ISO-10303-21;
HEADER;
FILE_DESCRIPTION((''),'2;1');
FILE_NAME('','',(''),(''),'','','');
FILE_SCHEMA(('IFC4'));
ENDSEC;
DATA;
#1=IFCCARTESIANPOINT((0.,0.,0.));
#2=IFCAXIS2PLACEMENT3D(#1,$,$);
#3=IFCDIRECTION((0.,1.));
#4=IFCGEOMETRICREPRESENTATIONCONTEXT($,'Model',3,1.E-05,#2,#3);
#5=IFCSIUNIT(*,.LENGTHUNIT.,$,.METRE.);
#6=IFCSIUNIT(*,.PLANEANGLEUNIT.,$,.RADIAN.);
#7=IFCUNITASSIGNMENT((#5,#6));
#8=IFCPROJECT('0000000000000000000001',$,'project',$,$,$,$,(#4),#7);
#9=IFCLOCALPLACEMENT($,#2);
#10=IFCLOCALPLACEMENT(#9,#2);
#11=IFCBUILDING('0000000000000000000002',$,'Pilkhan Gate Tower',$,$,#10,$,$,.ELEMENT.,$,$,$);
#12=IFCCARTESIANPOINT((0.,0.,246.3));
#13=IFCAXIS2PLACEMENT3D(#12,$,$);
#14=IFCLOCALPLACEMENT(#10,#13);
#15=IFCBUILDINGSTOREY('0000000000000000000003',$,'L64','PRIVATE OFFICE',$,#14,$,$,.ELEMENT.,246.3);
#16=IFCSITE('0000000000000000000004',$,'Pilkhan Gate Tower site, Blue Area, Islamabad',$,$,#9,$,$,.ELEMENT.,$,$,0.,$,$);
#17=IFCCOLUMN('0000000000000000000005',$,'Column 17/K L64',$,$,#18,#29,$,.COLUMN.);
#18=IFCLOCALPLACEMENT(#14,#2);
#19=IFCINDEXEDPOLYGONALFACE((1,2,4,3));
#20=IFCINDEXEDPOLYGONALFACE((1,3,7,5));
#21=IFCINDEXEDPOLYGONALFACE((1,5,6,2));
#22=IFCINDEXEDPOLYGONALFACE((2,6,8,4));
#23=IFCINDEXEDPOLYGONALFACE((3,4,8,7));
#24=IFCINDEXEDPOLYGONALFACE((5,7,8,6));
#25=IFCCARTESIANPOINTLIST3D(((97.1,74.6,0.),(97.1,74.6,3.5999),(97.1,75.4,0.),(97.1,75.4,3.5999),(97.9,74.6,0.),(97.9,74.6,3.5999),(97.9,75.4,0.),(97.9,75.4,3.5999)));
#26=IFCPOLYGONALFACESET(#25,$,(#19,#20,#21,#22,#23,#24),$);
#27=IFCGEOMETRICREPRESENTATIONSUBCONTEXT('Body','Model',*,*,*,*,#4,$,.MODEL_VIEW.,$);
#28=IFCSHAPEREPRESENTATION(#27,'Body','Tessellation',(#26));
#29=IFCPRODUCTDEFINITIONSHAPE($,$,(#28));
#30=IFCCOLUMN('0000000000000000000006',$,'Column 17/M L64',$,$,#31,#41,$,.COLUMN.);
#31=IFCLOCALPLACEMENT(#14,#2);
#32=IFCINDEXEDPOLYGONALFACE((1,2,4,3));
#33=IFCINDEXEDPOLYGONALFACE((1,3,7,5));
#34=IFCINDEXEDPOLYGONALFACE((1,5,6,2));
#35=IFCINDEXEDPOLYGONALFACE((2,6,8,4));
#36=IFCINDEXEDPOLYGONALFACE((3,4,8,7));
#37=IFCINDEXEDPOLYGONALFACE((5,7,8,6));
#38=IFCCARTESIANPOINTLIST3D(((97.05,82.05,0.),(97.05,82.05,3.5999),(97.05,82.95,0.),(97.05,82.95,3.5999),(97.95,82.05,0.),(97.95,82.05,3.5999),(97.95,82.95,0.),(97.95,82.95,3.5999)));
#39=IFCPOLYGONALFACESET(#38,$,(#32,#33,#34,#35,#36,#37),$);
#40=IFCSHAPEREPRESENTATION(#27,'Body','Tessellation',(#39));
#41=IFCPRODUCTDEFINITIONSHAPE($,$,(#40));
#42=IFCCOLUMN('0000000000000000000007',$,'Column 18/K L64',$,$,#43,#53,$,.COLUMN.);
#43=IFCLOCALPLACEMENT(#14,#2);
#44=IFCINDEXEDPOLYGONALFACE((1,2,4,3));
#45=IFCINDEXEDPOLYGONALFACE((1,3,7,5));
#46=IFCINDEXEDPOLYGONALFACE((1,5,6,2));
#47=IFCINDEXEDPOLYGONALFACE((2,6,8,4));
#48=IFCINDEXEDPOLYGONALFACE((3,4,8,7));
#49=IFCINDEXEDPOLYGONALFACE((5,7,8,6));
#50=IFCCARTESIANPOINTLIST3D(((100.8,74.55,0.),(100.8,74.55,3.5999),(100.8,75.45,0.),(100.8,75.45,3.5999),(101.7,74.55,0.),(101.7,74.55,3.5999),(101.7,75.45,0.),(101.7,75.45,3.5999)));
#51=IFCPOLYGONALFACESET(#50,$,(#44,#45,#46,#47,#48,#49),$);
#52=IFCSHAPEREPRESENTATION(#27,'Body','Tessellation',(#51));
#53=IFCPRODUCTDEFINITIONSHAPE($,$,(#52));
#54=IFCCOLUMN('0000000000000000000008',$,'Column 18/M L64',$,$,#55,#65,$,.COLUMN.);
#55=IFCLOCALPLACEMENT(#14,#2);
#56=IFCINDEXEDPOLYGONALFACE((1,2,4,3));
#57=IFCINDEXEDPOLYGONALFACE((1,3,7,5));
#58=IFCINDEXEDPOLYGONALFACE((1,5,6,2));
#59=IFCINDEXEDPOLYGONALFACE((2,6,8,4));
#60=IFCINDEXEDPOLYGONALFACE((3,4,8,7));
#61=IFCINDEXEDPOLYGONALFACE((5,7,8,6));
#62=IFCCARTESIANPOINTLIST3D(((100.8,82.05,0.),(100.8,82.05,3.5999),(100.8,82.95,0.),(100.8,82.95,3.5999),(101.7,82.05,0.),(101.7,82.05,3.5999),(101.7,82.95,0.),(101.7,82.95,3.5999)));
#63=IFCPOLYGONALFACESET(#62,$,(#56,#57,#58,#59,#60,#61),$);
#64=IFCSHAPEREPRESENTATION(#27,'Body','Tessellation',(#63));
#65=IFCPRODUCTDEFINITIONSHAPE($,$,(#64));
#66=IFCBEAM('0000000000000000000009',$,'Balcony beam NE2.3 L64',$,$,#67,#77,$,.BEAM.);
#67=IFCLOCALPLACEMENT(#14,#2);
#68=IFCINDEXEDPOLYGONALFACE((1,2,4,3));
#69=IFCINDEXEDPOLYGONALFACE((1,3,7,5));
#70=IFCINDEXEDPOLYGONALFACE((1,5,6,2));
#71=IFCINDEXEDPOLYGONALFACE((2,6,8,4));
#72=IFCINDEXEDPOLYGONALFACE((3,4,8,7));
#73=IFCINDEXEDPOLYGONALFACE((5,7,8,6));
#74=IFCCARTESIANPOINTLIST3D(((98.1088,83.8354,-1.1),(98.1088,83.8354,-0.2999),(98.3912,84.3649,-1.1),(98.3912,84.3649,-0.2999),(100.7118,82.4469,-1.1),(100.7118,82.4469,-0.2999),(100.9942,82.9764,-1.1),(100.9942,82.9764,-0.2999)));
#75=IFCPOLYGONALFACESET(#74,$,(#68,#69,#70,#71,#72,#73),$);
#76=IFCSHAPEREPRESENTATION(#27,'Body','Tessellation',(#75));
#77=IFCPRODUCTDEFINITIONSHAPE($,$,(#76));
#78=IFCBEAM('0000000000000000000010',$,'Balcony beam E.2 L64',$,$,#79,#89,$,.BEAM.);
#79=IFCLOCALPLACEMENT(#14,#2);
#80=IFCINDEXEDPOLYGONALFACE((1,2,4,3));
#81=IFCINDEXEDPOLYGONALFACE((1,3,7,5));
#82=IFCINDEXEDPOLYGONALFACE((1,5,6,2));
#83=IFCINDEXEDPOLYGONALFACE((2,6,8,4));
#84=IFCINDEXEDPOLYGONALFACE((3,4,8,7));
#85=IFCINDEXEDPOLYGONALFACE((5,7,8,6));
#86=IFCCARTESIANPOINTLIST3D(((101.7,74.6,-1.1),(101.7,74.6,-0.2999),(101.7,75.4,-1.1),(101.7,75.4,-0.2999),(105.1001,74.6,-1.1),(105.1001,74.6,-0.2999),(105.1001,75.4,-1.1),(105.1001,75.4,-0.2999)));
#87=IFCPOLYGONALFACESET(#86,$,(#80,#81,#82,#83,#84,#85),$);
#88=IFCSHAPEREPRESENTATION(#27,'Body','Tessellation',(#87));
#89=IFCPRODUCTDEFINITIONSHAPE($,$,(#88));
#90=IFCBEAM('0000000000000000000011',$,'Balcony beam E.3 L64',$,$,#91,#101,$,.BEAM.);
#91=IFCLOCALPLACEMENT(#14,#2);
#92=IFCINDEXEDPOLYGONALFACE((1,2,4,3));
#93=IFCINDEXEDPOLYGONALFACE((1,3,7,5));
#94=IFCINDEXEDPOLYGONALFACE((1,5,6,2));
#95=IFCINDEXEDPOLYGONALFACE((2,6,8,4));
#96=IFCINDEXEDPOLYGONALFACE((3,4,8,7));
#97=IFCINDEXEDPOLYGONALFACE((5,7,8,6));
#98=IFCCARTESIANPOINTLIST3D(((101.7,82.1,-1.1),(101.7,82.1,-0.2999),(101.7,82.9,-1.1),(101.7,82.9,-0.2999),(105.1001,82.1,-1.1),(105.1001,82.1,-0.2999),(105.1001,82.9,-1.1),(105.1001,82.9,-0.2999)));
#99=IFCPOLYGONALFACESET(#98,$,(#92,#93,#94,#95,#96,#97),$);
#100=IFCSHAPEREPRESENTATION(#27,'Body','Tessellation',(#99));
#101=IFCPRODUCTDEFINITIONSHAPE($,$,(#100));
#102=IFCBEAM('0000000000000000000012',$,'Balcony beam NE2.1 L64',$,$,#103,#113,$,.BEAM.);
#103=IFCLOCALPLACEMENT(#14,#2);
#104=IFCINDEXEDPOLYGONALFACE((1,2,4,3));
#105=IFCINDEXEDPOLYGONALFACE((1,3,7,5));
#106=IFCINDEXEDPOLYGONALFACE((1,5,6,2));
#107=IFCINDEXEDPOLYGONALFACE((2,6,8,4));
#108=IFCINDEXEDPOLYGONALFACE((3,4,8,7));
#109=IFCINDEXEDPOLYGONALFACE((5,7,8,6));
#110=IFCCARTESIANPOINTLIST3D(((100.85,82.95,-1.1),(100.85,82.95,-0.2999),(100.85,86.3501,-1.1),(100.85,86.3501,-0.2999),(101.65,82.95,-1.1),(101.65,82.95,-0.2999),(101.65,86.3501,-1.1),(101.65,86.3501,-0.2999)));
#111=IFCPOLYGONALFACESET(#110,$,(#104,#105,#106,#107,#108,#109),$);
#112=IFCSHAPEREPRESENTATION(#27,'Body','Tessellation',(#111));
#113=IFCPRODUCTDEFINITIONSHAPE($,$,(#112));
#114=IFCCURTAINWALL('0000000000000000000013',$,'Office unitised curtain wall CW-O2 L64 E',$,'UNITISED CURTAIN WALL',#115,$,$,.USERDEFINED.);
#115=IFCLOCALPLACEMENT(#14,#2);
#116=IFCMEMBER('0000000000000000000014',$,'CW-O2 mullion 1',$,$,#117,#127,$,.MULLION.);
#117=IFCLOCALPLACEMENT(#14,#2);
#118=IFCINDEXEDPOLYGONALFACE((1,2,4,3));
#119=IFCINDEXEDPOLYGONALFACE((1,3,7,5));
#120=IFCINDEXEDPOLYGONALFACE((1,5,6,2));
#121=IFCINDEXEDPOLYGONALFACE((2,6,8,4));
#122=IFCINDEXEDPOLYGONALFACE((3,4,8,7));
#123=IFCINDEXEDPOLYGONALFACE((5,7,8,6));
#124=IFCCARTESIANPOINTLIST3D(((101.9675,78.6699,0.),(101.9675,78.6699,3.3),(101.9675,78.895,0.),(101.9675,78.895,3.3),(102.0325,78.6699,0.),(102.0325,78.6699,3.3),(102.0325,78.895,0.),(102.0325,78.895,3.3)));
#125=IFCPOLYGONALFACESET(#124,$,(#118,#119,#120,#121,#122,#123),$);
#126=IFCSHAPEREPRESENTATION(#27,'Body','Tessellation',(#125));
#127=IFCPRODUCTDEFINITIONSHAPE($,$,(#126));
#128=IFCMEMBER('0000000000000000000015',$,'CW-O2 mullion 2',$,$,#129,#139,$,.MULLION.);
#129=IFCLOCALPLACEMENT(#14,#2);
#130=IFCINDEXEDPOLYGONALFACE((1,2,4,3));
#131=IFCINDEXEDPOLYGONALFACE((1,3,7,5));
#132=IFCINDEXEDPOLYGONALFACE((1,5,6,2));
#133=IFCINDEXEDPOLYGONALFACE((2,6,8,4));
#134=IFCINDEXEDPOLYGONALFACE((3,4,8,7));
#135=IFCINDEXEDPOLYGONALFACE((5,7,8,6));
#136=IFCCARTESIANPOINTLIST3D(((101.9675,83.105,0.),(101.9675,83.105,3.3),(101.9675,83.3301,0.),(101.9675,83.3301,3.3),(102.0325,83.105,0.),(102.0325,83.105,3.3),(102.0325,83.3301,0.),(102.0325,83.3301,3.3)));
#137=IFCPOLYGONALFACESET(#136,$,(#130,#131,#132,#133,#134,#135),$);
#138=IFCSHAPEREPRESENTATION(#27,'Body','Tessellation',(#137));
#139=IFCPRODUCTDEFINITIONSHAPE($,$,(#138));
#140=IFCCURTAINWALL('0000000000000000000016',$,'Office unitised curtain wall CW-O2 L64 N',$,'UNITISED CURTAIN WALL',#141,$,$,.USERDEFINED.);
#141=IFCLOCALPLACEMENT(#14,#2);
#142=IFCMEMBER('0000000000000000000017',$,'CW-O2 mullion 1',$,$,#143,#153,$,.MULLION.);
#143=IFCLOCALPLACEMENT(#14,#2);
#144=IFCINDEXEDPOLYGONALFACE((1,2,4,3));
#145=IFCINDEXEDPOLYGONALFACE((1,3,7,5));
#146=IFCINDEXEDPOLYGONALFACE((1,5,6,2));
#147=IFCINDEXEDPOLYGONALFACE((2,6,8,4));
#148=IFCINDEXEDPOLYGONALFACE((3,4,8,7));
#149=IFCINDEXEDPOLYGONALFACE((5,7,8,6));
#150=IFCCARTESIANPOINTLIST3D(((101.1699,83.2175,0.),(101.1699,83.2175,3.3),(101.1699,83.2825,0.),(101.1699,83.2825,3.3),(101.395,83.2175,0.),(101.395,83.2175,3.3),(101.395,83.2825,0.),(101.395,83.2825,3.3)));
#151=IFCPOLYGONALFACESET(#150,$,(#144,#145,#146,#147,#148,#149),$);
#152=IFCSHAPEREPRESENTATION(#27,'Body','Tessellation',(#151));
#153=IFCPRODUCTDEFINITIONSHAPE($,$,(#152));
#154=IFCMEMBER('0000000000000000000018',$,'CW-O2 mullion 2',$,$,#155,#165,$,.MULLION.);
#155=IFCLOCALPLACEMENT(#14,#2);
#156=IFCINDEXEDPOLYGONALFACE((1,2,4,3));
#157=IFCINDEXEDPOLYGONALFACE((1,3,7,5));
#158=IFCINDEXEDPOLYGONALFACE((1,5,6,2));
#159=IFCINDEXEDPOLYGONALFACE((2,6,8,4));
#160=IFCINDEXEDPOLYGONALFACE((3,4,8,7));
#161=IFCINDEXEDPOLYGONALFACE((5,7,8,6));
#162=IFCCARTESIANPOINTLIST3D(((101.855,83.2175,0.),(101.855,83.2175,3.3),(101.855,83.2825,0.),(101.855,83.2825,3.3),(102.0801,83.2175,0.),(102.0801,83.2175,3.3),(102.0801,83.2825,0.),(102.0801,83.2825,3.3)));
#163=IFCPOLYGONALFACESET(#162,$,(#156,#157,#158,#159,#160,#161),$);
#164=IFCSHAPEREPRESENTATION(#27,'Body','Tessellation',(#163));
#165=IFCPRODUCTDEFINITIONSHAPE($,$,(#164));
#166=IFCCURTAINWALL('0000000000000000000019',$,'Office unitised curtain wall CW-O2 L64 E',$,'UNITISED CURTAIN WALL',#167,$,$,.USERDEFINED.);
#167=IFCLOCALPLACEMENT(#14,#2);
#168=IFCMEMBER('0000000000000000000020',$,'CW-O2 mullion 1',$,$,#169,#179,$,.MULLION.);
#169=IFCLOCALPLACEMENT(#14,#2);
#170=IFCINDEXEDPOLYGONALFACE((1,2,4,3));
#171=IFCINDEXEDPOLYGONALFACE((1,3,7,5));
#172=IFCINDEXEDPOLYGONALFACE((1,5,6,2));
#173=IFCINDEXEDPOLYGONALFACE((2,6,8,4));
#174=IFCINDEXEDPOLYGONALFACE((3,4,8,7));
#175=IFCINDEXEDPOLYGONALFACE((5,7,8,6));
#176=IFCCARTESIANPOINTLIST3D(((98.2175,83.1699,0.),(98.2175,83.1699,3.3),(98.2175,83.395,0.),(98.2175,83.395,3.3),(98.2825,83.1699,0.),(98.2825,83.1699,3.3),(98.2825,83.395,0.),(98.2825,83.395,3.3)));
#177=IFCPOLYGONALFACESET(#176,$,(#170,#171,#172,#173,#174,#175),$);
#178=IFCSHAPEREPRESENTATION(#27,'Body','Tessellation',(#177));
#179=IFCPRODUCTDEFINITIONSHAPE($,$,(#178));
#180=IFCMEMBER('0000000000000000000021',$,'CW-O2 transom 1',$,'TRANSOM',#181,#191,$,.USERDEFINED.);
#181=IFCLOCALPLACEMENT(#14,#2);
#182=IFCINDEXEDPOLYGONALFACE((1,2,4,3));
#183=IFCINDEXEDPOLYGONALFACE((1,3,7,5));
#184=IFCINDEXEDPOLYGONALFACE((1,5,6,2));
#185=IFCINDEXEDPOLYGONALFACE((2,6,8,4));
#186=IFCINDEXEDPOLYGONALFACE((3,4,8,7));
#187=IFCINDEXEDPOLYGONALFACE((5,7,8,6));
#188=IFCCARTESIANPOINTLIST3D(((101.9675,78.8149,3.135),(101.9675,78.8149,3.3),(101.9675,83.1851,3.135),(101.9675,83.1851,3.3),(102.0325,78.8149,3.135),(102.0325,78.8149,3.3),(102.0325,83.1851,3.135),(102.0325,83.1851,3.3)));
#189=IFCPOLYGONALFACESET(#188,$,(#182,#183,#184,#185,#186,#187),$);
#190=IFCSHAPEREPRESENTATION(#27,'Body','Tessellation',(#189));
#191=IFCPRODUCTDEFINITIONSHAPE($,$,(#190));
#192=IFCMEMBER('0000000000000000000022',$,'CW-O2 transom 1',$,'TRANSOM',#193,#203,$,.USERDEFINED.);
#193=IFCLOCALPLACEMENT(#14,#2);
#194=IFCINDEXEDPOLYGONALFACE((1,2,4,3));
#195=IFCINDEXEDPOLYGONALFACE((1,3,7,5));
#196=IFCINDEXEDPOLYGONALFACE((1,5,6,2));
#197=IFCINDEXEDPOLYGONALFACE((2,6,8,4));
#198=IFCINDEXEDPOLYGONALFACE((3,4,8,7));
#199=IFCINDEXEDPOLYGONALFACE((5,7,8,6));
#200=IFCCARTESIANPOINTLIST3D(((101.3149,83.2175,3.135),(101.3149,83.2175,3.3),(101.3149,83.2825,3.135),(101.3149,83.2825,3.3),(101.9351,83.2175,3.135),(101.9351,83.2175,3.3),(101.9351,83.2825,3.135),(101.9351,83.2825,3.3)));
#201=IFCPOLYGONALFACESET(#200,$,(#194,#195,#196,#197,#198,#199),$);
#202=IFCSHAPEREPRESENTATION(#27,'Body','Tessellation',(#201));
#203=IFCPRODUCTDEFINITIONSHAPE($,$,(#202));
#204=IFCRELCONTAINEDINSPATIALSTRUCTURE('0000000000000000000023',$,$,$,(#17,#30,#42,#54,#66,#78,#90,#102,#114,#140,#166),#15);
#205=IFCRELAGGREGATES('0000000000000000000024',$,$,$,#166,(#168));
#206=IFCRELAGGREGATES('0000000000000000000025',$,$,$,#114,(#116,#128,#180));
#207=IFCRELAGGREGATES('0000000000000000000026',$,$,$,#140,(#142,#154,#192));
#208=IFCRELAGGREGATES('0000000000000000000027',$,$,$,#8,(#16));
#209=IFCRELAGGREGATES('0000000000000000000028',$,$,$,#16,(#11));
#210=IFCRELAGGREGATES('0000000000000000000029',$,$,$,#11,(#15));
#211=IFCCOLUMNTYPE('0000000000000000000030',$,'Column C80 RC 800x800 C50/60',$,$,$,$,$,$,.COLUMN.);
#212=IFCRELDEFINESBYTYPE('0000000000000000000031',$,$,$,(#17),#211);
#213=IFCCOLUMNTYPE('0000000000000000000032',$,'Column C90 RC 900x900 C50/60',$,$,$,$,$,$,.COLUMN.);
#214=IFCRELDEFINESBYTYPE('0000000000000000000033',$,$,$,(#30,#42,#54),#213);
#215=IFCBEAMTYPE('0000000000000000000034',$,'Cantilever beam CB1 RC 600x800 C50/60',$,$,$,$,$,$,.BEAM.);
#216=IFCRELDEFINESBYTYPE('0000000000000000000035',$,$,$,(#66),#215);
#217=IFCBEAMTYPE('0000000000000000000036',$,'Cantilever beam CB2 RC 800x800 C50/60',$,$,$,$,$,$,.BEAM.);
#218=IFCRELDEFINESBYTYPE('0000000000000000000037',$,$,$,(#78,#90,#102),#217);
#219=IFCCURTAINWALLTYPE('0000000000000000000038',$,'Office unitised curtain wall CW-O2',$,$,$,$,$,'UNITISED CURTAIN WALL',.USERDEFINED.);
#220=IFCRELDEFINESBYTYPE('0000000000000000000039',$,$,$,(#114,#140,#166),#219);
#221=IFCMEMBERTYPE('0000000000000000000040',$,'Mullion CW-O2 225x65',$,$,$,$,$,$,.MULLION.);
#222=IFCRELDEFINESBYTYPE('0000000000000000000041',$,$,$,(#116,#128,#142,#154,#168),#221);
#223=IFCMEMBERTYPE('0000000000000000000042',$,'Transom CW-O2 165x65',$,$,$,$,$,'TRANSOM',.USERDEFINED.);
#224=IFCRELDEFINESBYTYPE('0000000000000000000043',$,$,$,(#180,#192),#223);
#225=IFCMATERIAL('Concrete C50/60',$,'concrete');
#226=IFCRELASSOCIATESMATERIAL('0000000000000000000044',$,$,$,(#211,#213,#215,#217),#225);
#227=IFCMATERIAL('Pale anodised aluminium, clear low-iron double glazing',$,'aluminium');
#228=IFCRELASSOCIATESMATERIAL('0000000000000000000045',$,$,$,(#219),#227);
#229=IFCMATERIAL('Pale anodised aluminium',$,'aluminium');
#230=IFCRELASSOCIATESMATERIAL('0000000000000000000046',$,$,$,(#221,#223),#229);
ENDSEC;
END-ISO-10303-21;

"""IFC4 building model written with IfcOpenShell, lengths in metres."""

from ifc_helpers import new_model, si_unit, direction, frame, origin, origin_2d, place, context, subcontext, project, spatial, rectangle, extrude, material, material_profile, profile_set, type_object, element, aggregate, save


model = new_model("IFC4")

# Units and contexts
model_context = context("Model", 3, precision=1e-05, world=origin(), true_north=direction((0.0, 1.0)))
body_context = subcontext(model_context, "Body", "Model", "MODEL_VIEW")
ifc_project = project(units=[si_unit("LENGTHUNIT", "METRE"), si_unit("PLANEANGLEUNIT", "RADIAN")], contexts=[model_context])

# Site, building, storey
site_placement = place(None, origin())
site = spatial("IfcSite", under=ifc_project, at=site_placement, Name="Pilkhan Gate Tower site, Blue Area, Islamabad", CompositionType="ELEMENT", RefElevation=0.0)
building_placement = place(site_placement, origin())
building = spatial("IfcBuilding", under=site, at=building_placement, Name="Pilkhan Gate Tower", CompositionType="ELEMENT")
storey_placement = place(building_placement, frame((0.0, 0.0, 246.3)))
storey = spatial("IfcBuildingStorey", under=building, at=storey_placement, Name="L64", Description="PRIVATE OFFICE", CompositionType="ELEMENT", Elevation=246.3)

# Columns
ifc_material_1 = material(Name="Concrete C50/60", Category="concrete")
ifc_material_profile_1 = material_profile(ifc_material_1, rectangle(XDim=0.8, YDim=0.8, at=origin_2d()), Name="RC 800x800")
ifc_profile_set_1 = profile_set([ifc_material_profile_1], Name="Concrete C50/60")
column_type_1 = type_object("IfcColumnType", Name="Column C80 RC 800x800 C50/60", PredefinedType="COLUMN", material=ifc_profile_set_1)
column_placement = place(storey_placement, frame((97.5, 75.0, 0.0), z_axis=(0.0, 0.0, 1.0), x_axis=(1.0, 0.0, 0.0)))
element("IfcColumn", 1, at=column_placement, inside=storey, type_object=column_type_1, Name="Column 17/K L64", PredefinedType="COLUMN", context=body_context, shape_type="SweptSolid", body=[
    extrude(rectangle(XDim=0.8, YDim=0.8, at=origin_2d()), origin(), (0.0, 0.0, 1.0), 3.5999),
])
ifc_material_profile_2 = material_profile(ifc_material_1, rectangle(XDim=0.8999, YDim=0.8999, at=origin_2d()), Name="RC 900x900")
ifc_profile_set_2 = profile_set([ifc_material_profile_2], Name="Concrete C50/60")
column_type_2 = type_object("IfcColumnType", Name="Column C90 RC 900x900 C50/60", PredefinedType="COLUMN", material=ifc_profile_set_2)
for number, where, z_axis, x_axis, name in (
    (2, (97.5, 82.5, 0.0), (0.0, 0.0, 1.0), (1.0, 0.0, 0.0), "Column 17/M L64"),
    (3, (101.25, 75.0, 0.0), (0.0, 0.0, 1.0), (1.0, 0.0, 0.0), "Column 18/K L64"),
    (4, (101.25, 82.5, 0.0), (0.0, 0.0, 1.0), (1.0, 0.0, 0.0), "Column 18/M L64"),
):
    element("IfcColumn", number, at=place(storey_placement, frame(where, z_axis=z_axis, x_axis=x_axis)), inside=storey, type_object=column_type_2, Name=name, PredefinedType="COLUMN", context=body_context, shape_type="SweptSolid", body=[
        extrude(rectangle(XDim=0.8999, YDim=0.8999, at=origin_2d()), origin(), (0.0, 0.0, 1.0), 3.5999),
    ])

# Beams
ifc_material_profile_3 = material_profile(ifc_material_1, rectangle(XDim=0.6001, YDim=0.8, at=origin_2d()), Name="RC 600x800")
ifc_profile_set_3 = profile_set([ifc_material_profile_3], Name="Concrete C50/60")
beam_type_1 = type_object("IfcBeamType", Name="Cantilever beam CB1 RC 600x800 C50/60", PredefinedType="BEAM", material=ifc_profile_set_3)
beam_placement = place(storey_placement, frame((100.853, 82.7117, -0.7), z_axis=(-0.882332, 0.470627, 0.0), x_axis=(-0.470627, -0.882332, 0.0)))
element("IfcBeam", 5, at=beam_placement, inside=storey, type_object=beam_type_1, Name="Balcony beam NE2.3 L64", PredefinedType="BEAM", context=body_context, shape_type="SweptSolid", body=[
    extrude(rectangle(XDim=0.6001, YDim=0.8, at=origin_2d()), origin(), (0.0, 0.0, 1.0), 2.9502),
])
ifc_material_profile_4 = material_profile(ifc_material_1, rectangle(XDim=0.8, YDim=0.8, at=origin_2d()), Name="RC 800x800")
ifc_profile_set_4 = profile_set([ifc_material_profile_4], Name="Concrete C50/60")
beam_type_2 = type_object("IfcBeamType", Name="Cantilever beam CB2 RC 800x800 C50/60", PredefinedType="BEAM", material=ifc_profile_set_4)
for number, where, z_axis, x_axis, name in (
    (6, (101.7, 75.0, -0.7), (1.0, 0.0, 0.0), (0.0, 1.0, 0.0), "Balcony beam E.2 L64"),
    (7, (101.7, 82.5, -0.7), (1.0, 0.0, 0.0), (0.0, 1.0, 0.0), "Balcony beam E.3 L64"),
    (8, (101.25, 82.95, -0.7), (0.0, 1.0, 0.0), (-1.0, 0.0, 0.0), "Balcony beam NE2.1 L64"),
):
    element("IfcBeam", number, at=place(storey_placement, frame(where, z_axis=z_axis, x_axis=x_axis)), inside=storey, type_object=beam_type_2, Name=name, PredefinedType="BEAM", context=body_context, shape_type="SweptSolid", body=[
        extrude(rectangle(XDim=0.8, YDim=0.8, at=origin_2d()), origin(), (0.0, 0.0, 1.0), 3.4001),
    ])

# Curtain walls, members
ifc_material_2 = material(Name="Pale anodised aluminium, clear low-iron double glazing", Category="aluminium")
curtain_wall_type = type_object("IfcCurtainWallType", Name="Office unitised curtain wall CW-O2", ElementType="UNITISED CURTAIN WALL", PredefinedType="USERDEFINED", material=ifc_material_2)
curtain_wall_1_placement = place(storey_placement, origin())
curtain_wall_1 = element("IfcCurtainWall", 9, at=curtain_wall_1_placement, inside=storey, type_object=curtain_wall_type, Name="Office unitised curtain wall CW-O2 L64 E", ObjectType="UNITISED CURTAIN WALL", PredefinedType="USERDEFINED")
ifc_material_3 = material(Name="Pale anodised aluminium", Category="aluminium")
ifc_material_profile_5 = material_profile(ifc_material_3, rectangle(XDim=0.0649, YDim=0.2251, at=origin_2d()), Name="Mullion 225x65")
ifc_profile_set_5 = profile_set([ifc_material_profile_5], Name="Pale anodised aluminium")
member_type_1 = type_object("IfcMemberType", Name="Mullion CW-O2 225x65", PredefinedType="MULLION", material=ifc_profile_set_5)
member_1_placement = place(storey_placement, frame((102.0, 78.7825, 0.0), z_axis=(0.0, 0.0, 1.0), x_axis=(-1.0, 0.0, 0.0)))
member_1 = element("IfcMember", 10, at=member_1_placement, type_object=member_type_1, Name="CW-O2 mullion 1", PredefinedType="MULLION", context=body_context, shape_type="SweptSolid", body=[
    extrude(rectangle(XDim=0.0649, YDim=0.2251, at=origin_2d()), origin(), (0.0, 0.0, 1.0), 3.3),
])
member_2_placement = place(storey_placement, frame((102.0, 83.2175, 0.0), z_axis=(0.0, 0.0, 1.0), x_axis=(-1.0, 0.0, 0.0)))
member_2 = element("IfcMember", 11, at=member_2_placement, type_object=member_type_1, Name="CW-O2 mullion 2", PredefinedType="MULLION", context=body_context, shape_type="SweptSolid", body=[
    extrude(rectangle(XDim=0.0649, YDim=0.2251, at=origin_2d()), origin(), (0.0, 0.0, 1.0), 3.3),
])
curtain_wall_2_placement = place(storey_placement, origin())
curtain_wall_2 = element("IfcCurtainWall", 12, at=curtain_wall_2_placement, inside=storey, type_object=curtain_wall_type, Name="Office unitised curtain wall CW-O2 L64 N", ObjectType="UNITISED CURTAIN WALL", PredefinedType="USERDEFINED")
member_3_placement = place(storey_placement, frame((101.2825, 83.25, 0.0), z_axis=(0.0, 0.0, 1.0), x_axis=(0.0, 1.0, 0.0)))
member_3 = element("IfcMember", 13, at=member_3_placement, type_object=member_type_1, Name="CW-O2 mullion 1", PredefinedType="MULLION", context=body_context, shape_type="SweptSolid", body=[
    extrude(rectangle(XDim=0.0649, YDim=0.2251, at=origin_2d()), origin(), (0.0, 0.0, 1.0), 3.3),
])
member_4_placement = place(storey_placement, frame((101.9675, 83.25, 0.0), z_axis=(0.0, 0.0, 1.0), x_axis=(0.0, 1.0, 0.0)))
member_4 = element("IfcMember", 14, at=member_4_placement, type_object=member_type_1, Name="CW-O2 mullion 2", PredefinedType="MULLION", context=body_context, shape_type="SweptSolid", body=[
    extrude(rectangle(XDim=0.0649, YDim=0.2251, at=origin_2d()), origin(), (0.0, 0.0, 1.0), 3.3),
])

# Curtain wall, member
curtain_wall_3_placement = place(storey_placement, origin())
curtain_wall_3 = element("IfcCurtainWall", 15, at=curtain_wall_3_placement, inside=storey, type_object=curtain_wall_type, Name="Office unitised curtain wall CW-O2 L64 E", ObjectType="UNITISED CURTAIN WALL", PredefinedType="USERDEFINED")
member_5_placement = place(storey_placement, frame((98.25, 83.2825, 0.0), z_axis=(0.0, 0.0, 1.0), x_axis=(-1.0, 0.0, 0.0)))
member_5 = element("IfcMember", 16, at=member_5_placement, type_object=member_type_1, Name="CW-O2 mullion 1", PredefinedType="MULLION", context=body_context, shape_type="SweptSolid", body=[
    extrude(rectangle(XDim=0.0649, YDim=0.2251, at=origin_2d()), origin(), (0.0, 0.0, 1.0), 3.3),
])

# Members
ifc_material_profile_6 = material_profile(ifc_material_3, rectangle(XDim=0.0649, YDim=0.165, at=origin_2d()), Name="Transom 165x65")
ifc_profile_set_6 = profile_set([ifc_material_profile_6], Name="Pale anodised aluminium")
member_type_2 = type_object("IfcMemberType", Name="Transom CW-O2 165x65", ElementType="TRANSOM", PredefinedType="USERDEFINED", material=ifc_profile_set_6)
member_6_placement = place(storey_placement, frame((102.0, 78.8149, 3.2175), z_axis=(0.0, 1.0, 0.0), x_axis=(-1.0, 0.0, 0.0)))
member_6 = element("IfcMember", 17, at=member_6_placement, type_object=member_type_2, Name="CW-O2 transom 1", ObjectType="TRANSOM", PredefinedType="USERDEFINED", context=body_context, shape_type="SweptSolid", body=[
    extrude(rectangle(XDim=0.0649, YDim=0.165, at=origin_2d()), origin(), (0.0, 0.0, 1.0), 4.3701),
])
member_7_placement = place(storey_placement, frame((101.3149, 83.25, 3.2175), z_axis=(1.0, 0.0, 0.0), x_axis=(0.0, 1.0, 0.0)))
member_7 = element("IfcMember", 18, at=member_7_placement, type_object=member_type_2, Name="CW-O2 transom 1", ObjectType="TRANSOM", PredefinedType="USERDEFINED", context=body_context, shape_type="SweptSolid", body=[
    extrude(rectangle(XDim=0.0649, YDim=0.165, at=origin_2d()), origin(), (0.0, 0.0, 1.0), 0.6201),
])
aggregate(curtain_wall_3, [member_5])

aggregate(curtain_wall_1, [member_1, member_2, member_6])
aggregate(curtain_wall_2, [member_3, member_4, member_7])

save(model, "model.ifc")
